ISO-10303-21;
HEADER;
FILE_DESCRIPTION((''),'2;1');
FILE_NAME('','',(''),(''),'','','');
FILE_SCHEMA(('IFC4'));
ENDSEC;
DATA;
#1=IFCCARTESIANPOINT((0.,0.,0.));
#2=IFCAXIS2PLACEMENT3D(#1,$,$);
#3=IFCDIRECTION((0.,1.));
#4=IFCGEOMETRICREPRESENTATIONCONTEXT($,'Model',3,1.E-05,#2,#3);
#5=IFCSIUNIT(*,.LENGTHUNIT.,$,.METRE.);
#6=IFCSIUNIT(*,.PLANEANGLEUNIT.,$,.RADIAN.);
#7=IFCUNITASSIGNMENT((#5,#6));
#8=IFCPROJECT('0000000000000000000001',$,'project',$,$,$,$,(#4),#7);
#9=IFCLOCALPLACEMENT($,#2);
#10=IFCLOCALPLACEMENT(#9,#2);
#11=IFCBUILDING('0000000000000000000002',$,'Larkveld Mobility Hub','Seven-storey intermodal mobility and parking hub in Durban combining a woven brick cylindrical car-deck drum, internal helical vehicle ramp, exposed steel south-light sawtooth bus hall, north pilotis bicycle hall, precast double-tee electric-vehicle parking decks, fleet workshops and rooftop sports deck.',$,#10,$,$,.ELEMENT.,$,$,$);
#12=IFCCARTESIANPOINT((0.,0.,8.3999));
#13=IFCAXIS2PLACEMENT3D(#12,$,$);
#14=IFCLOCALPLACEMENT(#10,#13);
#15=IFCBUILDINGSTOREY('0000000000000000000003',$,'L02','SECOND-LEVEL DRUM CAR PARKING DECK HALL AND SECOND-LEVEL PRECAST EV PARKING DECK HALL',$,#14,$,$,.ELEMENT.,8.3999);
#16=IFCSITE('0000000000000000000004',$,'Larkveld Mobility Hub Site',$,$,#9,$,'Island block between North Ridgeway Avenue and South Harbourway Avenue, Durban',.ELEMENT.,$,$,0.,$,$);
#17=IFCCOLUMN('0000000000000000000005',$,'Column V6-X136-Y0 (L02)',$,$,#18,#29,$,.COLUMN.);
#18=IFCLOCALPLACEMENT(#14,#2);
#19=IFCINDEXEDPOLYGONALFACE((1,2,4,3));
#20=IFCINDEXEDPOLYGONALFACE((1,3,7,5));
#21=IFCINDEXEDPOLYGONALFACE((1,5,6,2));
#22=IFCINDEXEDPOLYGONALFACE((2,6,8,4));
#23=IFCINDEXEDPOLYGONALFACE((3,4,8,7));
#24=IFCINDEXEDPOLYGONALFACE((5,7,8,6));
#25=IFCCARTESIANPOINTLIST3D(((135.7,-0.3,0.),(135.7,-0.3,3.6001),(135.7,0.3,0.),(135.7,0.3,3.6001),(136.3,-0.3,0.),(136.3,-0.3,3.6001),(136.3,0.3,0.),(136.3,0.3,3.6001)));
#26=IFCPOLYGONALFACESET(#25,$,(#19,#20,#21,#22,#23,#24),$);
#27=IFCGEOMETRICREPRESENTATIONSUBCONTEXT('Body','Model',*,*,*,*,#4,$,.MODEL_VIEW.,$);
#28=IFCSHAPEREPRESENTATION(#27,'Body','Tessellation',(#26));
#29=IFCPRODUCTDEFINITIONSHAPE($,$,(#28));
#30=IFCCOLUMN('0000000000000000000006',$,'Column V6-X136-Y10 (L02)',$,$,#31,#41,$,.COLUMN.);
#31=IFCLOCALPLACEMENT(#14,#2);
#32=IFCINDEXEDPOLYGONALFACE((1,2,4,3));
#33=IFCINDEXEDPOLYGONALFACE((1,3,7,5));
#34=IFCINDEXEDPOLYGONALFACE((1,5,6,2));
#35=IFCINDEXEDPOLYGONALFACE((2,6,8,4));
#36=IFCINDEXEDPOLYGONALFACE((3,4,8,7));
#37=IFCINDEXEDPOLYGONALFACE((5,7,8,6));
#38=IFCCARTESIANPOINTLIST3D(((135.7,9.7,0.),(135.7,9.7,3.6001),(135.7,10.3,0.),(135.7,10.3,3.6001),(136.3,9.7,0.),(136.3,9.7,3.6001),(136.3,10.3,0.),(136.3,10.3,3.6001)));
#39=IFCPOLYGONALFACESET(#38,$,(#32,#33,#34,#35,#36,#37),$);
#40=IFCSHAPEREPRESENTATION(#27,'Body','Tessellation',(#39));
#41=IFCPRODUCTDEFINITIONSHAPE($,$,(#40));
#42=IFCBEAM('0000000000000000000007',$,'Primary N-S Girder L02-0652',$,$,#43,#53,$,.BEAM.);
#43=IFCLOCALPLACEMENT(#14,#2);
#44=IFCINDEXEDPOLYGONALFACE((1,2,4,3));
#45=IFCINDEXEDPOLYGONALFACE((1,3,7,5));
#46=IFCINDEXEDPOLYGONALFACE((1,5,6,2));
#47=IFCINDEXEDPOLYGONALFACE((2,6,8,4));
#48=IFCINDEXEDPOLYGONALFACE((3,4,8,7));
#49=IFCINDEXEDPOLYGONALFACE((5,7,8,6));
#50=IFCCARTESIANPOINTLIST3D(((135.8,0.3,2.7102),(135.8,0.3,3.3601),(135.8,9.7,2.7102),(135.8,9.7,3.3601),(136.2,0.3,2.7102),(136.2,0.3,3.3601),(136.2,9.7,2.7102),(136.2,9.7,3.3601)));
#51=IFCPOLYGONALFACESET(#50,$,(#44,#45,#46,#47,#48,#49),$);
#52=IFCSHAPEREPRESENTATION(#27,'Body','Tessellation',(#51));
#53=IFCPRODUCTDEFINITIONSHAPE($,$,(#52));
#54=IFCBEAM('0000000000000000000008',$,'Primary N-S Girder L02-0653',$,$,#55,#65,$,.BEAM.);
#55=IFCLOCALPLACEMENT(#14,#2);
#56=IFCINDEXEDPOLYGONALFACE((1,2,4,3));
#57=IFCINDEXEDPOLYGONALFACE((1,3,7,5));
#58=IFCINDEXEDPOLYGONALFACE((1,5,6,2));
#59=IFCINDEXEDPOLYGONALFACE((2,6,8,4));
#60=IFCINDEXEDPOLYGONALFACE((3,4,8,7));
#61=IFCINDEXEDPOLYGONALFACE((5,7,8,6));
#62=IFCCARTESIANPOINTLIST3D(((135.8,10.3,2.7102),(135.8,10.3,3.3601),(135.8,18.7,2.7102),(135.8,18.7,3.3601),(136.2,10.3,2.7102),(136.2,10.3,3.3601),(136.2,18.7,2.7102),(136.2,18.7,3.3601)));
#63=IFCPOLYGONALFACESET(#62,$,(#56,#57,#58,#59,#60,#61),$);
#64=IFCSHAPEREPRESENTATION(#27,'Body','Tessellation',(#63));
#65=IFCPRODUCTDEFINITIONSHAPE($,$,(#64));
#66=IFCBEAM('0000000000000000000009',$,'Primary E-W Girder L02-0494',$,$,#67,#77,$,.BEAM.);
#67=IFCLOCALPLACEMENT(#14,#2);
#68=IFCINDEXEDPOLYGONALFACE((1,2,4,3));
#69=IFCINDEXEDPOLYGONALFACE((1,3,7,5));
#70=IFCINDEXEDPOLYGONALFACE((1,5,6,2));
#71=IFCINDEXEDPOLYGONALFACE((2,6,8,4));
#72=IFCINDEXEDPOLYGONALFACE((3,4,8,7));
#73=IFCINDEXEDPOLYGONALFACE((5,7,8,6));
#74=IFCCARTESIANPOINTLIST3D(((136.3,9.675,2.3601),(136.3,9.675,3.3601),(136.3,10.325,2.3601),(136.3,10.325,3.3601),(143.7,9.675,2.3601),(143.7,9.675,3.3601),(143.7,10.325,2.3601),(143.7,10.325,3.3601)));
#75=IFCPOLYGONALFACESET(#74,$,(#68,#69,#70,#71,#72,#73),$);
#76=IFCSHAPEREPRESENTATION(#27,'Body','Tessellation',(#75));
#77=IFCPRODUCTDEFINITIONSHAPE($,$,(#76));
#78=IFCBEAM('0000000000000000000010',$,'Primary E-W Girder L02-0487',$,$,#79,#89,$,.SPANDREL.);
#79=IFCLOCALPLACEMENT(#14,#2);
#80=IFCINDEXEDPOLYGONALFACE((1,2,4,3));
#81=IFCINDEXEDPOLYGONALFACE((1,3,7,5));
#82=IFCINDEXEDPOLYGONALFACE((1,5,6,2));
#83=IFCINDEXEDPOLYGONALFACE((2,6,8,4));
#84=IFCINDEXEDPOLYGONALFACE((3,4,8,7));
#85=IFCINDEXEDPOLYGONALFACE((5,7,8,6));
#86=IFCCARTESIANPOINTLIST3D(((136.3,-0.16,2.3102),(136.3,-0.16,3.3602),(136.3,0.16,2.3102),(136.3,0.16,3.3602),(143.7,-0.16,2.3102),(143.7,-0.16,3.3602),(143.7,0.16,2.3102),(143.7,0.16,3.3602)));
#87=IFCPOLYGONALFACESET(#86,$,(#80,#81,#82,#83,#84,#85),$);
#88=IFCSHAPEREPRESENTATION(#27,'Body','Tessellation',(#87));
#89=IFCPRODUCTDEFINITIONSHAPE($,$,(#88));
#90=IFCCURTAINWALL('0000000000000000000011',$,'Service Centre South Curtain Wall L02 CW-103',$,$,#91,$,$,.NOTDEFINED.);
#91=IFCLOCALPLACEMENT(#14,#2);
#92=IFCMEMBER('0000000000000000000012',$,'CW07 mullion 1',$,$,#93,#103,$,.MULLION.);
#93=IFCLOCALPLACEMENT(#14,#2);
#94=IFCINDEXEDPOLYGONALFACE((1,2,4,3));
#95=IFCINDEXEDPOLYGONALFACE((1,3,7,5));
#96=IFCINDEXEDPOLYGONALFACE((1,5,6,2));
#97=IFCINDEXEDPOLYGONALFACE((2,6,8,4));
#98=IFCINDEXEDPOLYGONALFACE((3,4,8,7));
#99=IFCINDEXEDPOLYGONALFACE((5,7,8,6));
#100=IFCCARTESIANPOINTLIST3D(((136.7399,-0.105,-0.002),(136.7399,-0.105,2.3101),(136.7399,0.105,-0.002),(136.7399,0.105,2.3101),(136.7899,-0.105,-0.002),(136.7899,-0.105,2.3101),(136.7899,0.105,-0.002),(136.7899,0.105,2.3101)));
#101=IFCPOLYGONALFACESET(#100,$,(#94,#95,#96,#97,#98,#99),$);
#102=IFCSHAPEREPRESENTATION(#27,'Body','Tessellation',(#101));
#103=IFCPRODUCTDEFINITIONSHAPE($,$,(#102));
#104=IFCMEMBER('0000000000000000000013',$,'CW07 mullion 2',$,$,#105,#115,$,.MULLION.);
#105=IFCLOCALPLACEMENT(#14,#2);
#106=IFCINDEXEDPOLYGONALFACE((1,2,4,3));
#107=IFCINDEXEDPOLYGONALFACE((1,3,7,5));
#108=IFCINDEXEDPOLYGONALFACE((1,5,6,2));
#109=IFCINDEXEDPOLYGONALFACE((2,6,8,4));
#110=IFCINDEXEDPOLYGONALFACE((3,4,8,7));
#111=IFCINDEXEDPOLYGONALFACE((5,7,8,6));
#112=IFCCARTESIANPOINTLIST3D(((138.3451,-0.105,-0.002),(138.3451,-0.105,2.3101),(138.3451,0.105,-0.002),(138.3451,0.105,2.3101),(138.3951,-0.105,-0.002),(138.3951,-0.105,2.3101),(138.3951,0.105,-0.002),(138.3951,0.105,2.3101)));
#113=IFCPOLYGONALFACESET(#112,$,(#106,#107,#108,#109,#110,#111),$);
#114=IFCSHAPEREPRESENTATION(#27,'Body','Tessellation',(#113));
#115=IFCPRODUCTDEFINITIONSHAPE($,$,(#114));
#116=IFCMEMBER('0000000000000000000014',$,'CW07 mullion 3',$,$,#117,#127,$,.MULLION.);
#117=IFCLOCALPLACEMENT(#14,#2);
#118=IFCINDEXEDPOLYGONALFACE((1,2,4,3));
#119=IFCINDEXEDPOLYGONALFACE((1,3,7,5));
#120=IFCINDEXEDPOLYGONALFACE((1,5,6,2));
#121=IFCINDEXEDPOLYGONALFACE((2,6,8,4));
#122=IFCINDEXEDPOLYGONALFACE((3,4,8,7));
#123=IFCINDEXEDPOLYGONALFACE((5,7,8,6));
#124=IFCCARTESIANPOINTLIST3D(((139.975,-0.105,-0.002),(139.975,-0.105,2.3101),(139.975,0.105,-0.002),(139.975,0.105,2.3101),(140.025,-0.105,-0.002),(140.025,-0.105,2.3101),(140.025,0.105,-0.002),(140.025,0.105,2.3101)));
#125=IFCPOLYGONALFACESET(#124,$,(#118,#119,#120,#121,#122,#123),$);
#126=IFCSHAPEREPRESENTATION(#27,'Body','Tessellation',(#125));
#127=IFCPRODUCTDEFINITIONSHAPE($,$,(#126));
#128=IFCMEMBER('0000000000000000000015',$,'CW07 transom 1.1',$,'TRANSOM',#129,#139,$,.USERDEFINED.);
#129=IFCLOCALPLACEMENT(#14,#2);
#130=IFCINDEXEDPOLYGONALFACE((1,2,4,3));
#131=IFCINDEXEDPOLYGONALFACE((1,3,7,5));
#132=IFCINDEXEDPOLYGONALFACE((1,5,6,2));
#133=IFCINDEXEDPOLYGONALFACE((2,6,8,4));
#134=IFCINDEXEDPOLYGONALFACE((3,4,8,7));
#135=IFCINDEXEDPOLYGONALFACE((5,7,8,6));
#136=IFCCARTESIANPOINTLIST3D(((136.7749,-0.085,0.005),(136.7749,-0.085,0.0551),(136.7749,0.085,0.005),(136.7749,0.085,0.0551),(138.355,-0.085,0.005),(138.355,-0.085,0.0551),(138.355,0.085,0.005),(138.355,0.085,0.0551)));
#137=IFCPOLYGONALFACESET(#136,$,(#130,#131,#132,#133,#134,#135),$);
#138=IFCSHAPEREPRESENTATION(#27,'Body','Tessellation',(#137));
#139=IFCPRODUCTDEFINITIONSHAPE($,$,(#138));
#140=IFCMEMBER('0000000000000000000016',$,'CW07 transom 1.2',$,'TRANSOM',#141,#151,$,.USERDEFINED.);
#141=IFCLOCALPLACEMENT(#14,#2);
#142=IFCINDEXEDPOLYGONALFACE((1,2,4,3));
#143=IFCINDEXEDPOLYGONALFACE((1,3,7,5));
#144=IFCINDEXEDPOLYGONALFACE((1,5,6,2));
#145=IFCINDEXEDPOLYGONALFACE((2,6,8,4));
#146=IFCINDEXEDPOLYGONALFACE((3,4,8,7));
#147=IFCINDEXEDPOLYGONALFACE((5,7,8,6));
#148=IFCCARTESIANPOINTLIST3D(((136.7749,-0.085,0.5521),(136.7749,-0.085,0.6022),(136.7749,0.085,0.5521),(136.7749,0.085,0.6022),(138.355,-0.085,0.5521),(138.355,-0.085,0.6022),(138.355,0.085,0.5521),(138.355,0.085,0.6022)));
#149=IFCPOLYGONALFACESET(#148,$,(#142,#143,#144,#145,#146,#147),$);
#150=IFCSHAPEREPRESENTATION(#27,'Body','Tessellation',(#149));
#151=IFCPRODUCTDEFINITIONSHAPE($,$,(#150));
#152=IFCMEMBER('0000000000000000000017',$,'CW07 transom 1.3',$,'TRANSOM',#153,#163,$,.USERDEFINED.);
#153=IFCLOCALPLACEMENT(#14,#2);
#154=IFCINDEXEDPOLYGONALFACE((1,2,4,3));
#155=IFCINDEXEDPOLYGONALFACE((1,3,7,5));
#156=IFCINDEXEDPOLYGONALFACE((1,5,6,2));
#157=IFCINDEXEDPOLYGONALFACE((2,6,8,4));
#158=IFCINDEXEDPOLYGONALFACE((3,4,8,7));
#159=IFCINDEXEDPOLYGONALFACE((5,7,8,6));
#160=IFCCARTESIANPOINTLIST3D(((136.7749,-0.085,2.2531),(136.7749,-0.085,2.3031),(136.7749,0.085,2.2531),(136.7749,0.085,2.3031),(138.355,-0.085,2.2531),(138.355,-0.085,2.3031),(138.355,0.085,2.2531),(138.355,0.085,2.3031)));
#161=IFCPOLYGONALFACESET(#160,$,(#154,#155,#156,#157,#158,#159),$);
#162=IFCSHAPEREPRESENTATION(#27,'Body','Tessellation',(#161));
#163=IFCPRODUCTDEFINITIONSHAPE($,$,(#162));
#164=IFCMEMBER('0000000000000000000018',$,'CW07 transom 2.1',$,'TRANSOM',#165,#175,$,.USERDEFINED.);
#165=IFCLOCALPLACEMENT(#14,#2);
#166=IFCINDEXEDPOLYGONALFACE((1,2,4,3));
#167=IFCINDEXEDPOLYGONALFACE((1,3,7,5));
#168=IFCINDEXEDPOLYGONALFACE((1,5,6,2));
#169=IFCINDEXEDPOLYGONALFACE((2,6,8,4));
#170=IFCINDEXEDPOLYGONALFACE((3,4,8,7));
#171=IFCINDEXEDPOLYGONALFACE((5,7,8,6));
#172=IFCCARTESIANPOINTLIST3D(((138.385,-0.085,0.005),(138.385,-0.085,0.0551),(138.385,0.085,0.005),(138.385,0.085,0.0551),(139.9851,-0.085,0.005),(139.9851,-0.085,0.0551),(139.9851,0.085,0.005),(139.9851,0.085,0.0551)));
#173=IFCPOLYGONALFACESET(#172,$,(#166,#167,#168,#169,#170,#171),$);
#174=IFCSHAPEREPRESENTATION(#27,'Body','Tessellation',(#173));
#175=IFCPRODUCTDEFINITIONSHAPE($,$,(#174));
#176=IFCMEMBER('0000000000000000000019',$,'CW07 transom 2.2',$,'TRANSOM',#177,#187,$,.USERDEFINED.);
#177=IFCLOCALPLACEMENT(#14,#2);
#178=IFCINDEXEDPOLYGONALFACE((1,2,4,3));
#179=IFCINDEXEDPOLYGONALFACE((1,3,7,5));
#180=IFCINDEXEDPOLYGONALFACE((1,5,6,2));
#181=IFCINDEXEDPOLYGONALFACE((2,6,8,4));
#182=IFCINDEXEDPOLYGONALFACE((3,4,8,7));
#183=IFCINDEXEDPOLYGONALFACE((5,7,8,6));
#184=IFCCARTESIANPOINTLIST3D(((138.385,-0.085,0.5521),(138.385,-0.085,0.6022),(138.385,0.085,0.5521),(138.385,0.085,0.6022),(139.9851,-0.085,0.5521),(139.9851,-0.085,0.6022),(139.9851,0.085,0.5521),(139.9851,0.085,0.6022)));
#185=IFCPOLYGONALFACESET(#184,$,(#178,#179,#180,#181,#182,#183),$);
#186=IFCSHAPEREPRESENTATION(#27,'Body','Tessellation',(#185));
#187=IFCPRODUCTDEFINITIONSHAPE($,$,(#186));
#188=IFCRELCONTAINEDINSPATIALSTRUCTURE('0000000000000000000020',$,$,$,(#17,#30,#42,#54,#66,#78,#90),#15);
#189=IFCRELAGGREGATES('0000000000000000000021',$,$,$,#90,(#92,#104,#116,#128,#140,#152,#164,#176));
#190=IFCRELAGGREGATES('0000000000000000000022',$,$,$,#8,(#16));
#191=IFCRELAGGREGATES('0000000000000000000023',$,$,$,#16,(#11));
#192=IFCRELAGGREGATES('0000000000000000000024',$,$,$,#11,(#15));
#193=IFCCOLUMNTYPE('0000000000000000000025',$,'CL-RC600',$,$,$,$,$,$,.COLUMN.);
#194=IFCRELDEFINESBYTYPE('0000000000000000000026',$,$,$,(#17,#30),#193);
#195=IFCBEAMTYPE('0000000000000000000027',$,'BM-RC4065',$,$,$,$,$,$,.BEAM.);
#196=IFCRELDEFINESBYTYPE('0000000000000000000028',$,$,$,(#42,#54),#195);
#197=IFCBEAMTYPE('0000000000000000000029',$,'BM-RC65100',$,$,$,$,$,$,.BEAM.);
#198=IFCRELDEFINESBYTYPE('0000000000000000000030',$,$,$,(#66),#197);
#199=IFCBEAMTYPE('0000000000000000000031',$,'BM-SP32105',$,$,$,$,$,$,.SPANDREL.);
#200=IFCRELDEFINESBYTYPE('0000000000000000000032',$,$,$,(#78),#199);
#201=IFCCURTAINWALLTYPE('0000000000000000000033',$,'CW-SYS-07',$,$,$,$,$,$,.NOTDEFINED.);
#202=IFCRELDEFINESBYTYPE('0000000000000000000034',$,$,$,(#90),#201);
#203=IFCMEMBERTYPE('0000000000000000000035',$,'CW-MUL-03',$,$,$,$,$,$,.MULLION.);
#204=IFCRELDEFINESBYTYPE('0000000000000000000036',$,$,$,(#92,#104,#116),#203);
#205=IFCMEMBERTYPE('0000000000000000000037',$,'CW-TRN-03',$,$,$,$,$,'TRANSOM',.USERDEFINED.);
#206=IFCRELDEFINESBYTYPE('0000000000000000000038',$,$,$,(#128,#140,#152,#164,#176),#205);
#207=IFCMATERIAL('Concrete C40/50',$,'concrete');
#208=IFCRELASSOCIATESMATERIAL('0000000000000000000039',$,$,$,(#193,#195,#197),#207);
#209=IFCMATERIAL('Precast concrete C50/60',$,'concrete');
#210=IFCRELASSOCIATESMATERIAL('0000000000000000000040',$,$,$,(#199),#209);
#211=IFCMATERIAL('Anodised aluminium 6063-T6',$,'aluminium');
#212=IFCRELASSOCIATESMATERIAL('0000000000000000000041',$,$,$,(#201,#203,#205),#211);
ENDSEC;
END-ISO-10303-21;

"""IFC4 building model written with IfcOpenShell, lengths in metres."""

from ifc_helpers import new_model, si_unit, direction, frame, origin, origin_2d, place, context, subcontext, project, spatial, rectangle, extrude, material, material_profile, profile_set, type_object, element, aggregate, save


model = new_model("IFC4")

# Units and contexts
model_context = context("Model", 3, precision=1e-05, world=origin(), true_north=direction((0.0, 1.0)))
body_context = subcontext(model_context, "Body", "Model", "MODEL_VIEW")
ifc_project = project(units=[si_unit("LENGTHUNIT", "METRE"), si_unit("PLANEANGLEUNIT", "RADIAN")], contexts=[model_context])

# Site, building, storey
site_placement = place(None, origin())
site = spatial("IfcSite", under=ifc_project, at=site_placement, Name="Larkveld Mobility Hub Site", LongName="Island block between North Ridgeway Avenue and South Harbourway Avenue, Durban", CompositionType="ELEMENT", RefElevation=0.0)
building_placement = place(site_placement, origin())
building = spatial("IfcBuilding", under=site, at=building_placement, Name="Larkveld Mobility Hub", Description="Seven-storey intermodal mobility and parking hub in Durban combining a woven brick cylindrical car-deck drum, internal helical vehicle ramp, exposed steel south-light sawtooth bus hall, north pilotis bicycle hall, precast double-tee electric-vehicle parking decks, fleet workshops and rooftop sports deck.", CompositionType="ELEMENT")
storey_placement = place(building_placement, frame((0.0, 0.0, 8.3999)))
storey = spatial("IfcBuildingStorey", under=building, at=storey_placement, Name="L02", Description="SECOND-LEVEL DRUM CAR PARKING DECK HALL AND SECOND-LEVEL PRECAST EV PARKING DECK HALL", CompositionType="ELEMENT", Elevation=8.3999)

# Columns
ifc_material_1 = material(Name="Concrete C40/50", Category="concrete")
ifc_material_profile_1 = material_profile(ifc_material_1, rectangle(XDim=0.6001, YDim=0.6001, at=origin_2d()), Name="RC COL 600x600")
ifc_profile_set_1 = profile_set([ifc_material_profile_1], Name="Concrete C40/50")
column_type = type_object("IfcColumnType", Name="CL-RC600", PredefinedType="COLUMN", material=ifc_profile_set_1)
for number, where, z_axis, x_axis, name in (
    (1, (136.0, 0.0, 0.0), (0.0, 0.0, 1.0), (1.0, 0.0, 0.0), "Column V6-X136-Y0 (L02)"),
    (2, (136.0, 10.0, 0.0), (0.0, 0.0, 1.0), (1.0, 0.0, 0.0), "Column V6-X136-Y10 (L02)"),
):
    element("IfcColumn", number, at=place(storey_placement, frame(where, z_axis=z_axis, x_axis=x_axis)), inside=storey, type_object=column_type, Name=name, PredefinedType="COLUMN", context=body_context, shape_type="SweptSolid", body=[
        extrude(rectangle(XDim=0.6001, YDim=0.6001, at=origin_2d()), origin(), (0.0, 0.0, 1.0), 3.6001),
    ])

# Beams
ifc_material_profile_2 = material_profile(ifc_material_1, rectangle(XDim=0.3999, YDim=0.6499, at=origin_2d()), Name="RC BM 400x650")
ifc_profile_set_2 = profile_set([ifc_material_profile_2], Name="Concrete C40/50")
beam_type_1 = type_object("IfcBeamType", Name="BM-RC4065", PredefinedType="BEAM", material=ifc_profile_set_2)
beam_1_placement = place(storey_placement, frame((136.0, 0.3, 3.0352), z_axis=(0.0, 1.0, 0.0), x_axis=(-1.0, 0.0, 0.0)))
element("IfcBeam", 3, at=beam_1_placement, inside=storey, type_object=beam_type_1, Name="Primary N-S Girder L02-0652", PredefinedType="BEAM", context=body_context, shape_type="SweptSolid", body=[
    extrude(rectangle(XDim=0.3999, YDim=0.6499, at=origin_2d()), origin(), (0.0, 0.0, 1.0), 9.3999),
])
beam_2_placement = place(storey_placement, frame((136.0, 10.3, 3.0352), z_axis=(0.0, 1.0, 0.0), x_axis=(-1.0, 0.0, 0.0)))
element("IfcBeam", 4, at=beam_2_placement, inside=storey, type_object=beam_type_1, Name="Primary N-S Girder L02-0653", PredefinedType="BEAM", context=body_context, shape_type="SweptSolid", body=[
    extrude(rectangle(XDim=0.3999, YDim=0.6499, at=origin_2d()), origin(), (0.0, 0.0, 1.0), 8.3999),
])
ifc_material_profile_3 = material_profile(ifc_material_1, rectangle(XDim=0.6499, YDim=1.0, at=origin_2d()), Name="RC BM 650x1000")
ifc_profile_set_3 = profile_set([ifc_material_profile_3], Name="Concrete C40/50")
beam_type_2 = type_object("IfcBeamType", Name="BM-RC65100", PredefinedType="BEAM", material=ifc_profile_set_3)
beam_3_placement = place(storey_placement, frame((136.3, 10.0, 2.8601), z_axis=(1.0, 0.0, 0.0), x_axis=(0.0, 1.0, 0.0)))
element("IfcBeam", 5, at=beam_3_placement, inside=storey, type_object=beam_type_2, Name="Primary E-W Girder L02-0494", PredefinedType="BEAM", context=body_context, shape_type="SweptSolid", body=[
    extrude(rectangle(XDim=0.6499, YDim=1.0, at=origin_2d()), origin(), (0.0, 0.0, 1.0), 7.3999),
])
ifc_material_2 = material(Name="Precast concrete C50/60", Category="concrete")
ifc_material_profile_4 = material_profile(ifc_material_2, rectangle(XDim=0.3201, YDim=1.05, at=origin_2d()), Name="PC SP 320x1050")
ifc_profile_set_4 = profile_set([ifc_material_profile_4], Name="Precast concrete C50/60")
beam_type_3 = type_object("IfcBeamType", Name="BM-SP32105", PredefinedType="SPANDREL", material=ifc_profile_set_4)
beam_4_placement = place(storey_placement, frame((136.3, 0.0, 2.8352), z_axis=(1.0, 0.0, 0.0), x_axis=(0.0, 1.0, 0.0)))
element("IfcBeam", 6, at=beam_4_placement, inside=storey, type_object=beam_type_3, Name="Primary E-W Girder L02-0487", PredefinedType="SPANDREL", context=body_context, shape_type="SweptSolid", body=[
    extrude(rectangle(XDim=0.3201, YDim=1.05, at=origin_2d()), origin(), (0.0, 0.0, 1.0), 7.3999),
])

# Curtain wall, members
ifc_material_3 = material(Name="Anodised aluminium 6063-T6", Category="aluminium")
curtain_wall_type = type_object("IfcCurtainWallType", Name="CW-SYS-07", PredefinedType="NOTDEFINED", material=ifc_material_3)
curtain_wall_placement = place(storey_placement, origin())
curtain_wall = element("IfcCurtainWall", 7, at=curtain_wall_placement, inside=storey, type_object=curtain_wall_type, Name="Service Centre South Curtain Wall L02 CW-103", PredefinedType="NOTDEFINED")
ifc_material_profile_5 = material_profile(ifc_material_3, rectangle(XDim=0.05, YDim=0.21, at=origin_2d()), Name="ALU MULL 50x210")
ifc_profile_set_5 = profile_set([ifc_material_profile_5], Name="Anodised aluminium 6063-T6")
member_type_1 = type_object("IfcMemberType", Name="CW-MUL-03", PredefinedType="MULLION", material=ifc_profile_set_5)
member_1_placement = place(storey_placement, frame((136.7649, 0.0, -0.002), z_axis=(0.0, 0.0, 1.0), x_axis=(1.0, 0.0, 0.0)))
member_1 = element("IfcMember", 8, at=member_1_placement, type_object=member_type_1, Name="CW07 mullion 1", PredefinedType="MULLION", context=body_context, shape_type="SweptSolid", body=[
    extrude(rectangle(XDim=0.05, YDim=0.21, at=origin_2d()), origin(), (0.0, 0.0, 1.0), 2.312),
])
member_2_placement = place(storey_placement, frame((138.3701, 0.0, -0.002), z_axis=(0.0, 0.0, 1.0), x_axis=(1.0, 0.0, 0.0)))
member_2 = element("IfcMember", 9, at=member_2_placement, type_object=member_type_1, Name="CW07 mullion 2", PredefinedType="MULLION", context=body_context, shape_type="SweptSolid", body=[
    extrude(rectangle(XDim=0.05, YDim=0.21, at=origin_2d()), origin(), (0.0, 0.0, 1.0), 2.312),
])
member_3_placement = place(storey_placement, frame((140.0, 0.0, -0.002), z_axis=(0.0, 0.0, 1.0), x_axis=(1.0, 0.0, 0.0)))
member_3 = element("IfcMember", 10, at=member_3_placement, type_object=member_type_1, Name="CW07 mullion 3", PredefinedType="MULLION", context=body_context, shape_type="SweptSolid", body=[
    extrude(rectangle(XDim=0.05, YDim=0.21, at=origin_2d()), origin(), (0.0, 0.0, 1.0), 2.312),
])
ifc_material_profile_6 = material_profile(ifc_material_3, rectangle(XDim=0.1699, YDim=0.05, at=origin_2d()), Name="ALU TRAN 50x170")
ifc_profile_set_6 = profile_set([ifc_material_profile_6], Name="Anodised aluminium 6063-T6")
member_type_2 = type_object("IfcMemberType", Name="CW-TRN-03", ElementType="TRANSOM", PredefinedType="USERDEFINED", material=ifc_profile_set_6)
member_4_placement = place(storey_placement, frame((136.7749, 0.0, 0.03), z_axis=(1.0, 0.0, 0.0), x_axis=(0.0, 1.0, 0.0)))
member_4 = element("IfcMember", 11, at=member_4_placement, type_object=member_type_2, Name="CW07 transom 1.1", ObjectType="TRANSOM", PredefinedType="USERDEFINED", context=body_context, shape_type="SweptSolid", body=[
    extrude(rectangle(XDim=0.1699, YDim=0.05, at=origin_2d()), origin(), (0.0, 0.0, 1.0), 1.5801),
])
member_5_placement = place(storey_placement, frame((136.7749, 0.0, 0.5771), z_axis=(1.0, 0.0, 0.0), x_axis=(0.0, 1.0, 0.0)))
member_5 = element("IfcMember", 12, at=member_5_placement, type_object=member_type_2, Name="CW07 transom 1.2", ObjectType="TRANSOM", PredefinedType="USERDEFINED", context=body_context, shape_type="SweptSolid", body=[
    extrude(rectangle(XDim=0.1699, YDim=0.05, at=origin_2d()), origin(), (0.0, 0.0, 1.0), 1.5801),
])
member_6_placement = place(storey_placement, frame((136.7749, 0.0, 2.2781), z_axis=(1.0, 0.0, 0.0), x_axis=(0.0, 1.0, 0.0)))
member_6 = element("IfcMember", 13, at=member_6_placement, type_object=member_type_2, Name="CW07 transom 1.3", ObjectType="TRANSOM", PredefinedType="USERDEFINED", context=body_context, shape_type="SweptSolid", body=[
    extrude(rectangle(XDim=0.1699, YDim=0.05, at=origin_2d()), origin(), (0.0, 0.0, 1.0), 1.5801),
])
member_7_placement = place(storey_placement, frame((138.385, 0.0, 0.03), z_axis=(1.0, 0.0, 0.0), x_axis=(0.0, 1.0, 0.0)))
member_7 = element("IfcMember", 14, at=member_7_placement, type_object=member_type_2, Name="CW07 transom 2.1", ObjectType="TRANSOM", PredefinedType="USERDEFINED", context=body_context, shape_type="SweptSolid", body=[
    extrude(rectangle(XDim=0.1699, YDim=0.05, at=origin_2d()), origin(), (0.0, 0.0, 1.0), 1.6001),
])
member_8_placement = place(storey_placement, frame((138.385, 0.0, 0.5771), z_axis=(1.0, 0.0, 0.0), x_axis=(0.0, 1.0, 0.0)))
member_8 = element("IfcMember", 15, at=member_8_placement, type_object=member_type_2, Name="CW07 transom 2.2", ObjectType="TRANSOM", PredefinedType="USERDEFINED", context=body_context, shape_type="SweptSolid", body=[
    extrude(rectangle(XDim=0.1699, YDim=0.05, at=origin_2d()), origin(), (0.0, 0.0, 1.0), 1.6001),
])
aggregate(curtain_wall, [member_1, member_2, member_3, member_4, member_5, member_6, member_7, member_8])

save(model, "model.ifc")
